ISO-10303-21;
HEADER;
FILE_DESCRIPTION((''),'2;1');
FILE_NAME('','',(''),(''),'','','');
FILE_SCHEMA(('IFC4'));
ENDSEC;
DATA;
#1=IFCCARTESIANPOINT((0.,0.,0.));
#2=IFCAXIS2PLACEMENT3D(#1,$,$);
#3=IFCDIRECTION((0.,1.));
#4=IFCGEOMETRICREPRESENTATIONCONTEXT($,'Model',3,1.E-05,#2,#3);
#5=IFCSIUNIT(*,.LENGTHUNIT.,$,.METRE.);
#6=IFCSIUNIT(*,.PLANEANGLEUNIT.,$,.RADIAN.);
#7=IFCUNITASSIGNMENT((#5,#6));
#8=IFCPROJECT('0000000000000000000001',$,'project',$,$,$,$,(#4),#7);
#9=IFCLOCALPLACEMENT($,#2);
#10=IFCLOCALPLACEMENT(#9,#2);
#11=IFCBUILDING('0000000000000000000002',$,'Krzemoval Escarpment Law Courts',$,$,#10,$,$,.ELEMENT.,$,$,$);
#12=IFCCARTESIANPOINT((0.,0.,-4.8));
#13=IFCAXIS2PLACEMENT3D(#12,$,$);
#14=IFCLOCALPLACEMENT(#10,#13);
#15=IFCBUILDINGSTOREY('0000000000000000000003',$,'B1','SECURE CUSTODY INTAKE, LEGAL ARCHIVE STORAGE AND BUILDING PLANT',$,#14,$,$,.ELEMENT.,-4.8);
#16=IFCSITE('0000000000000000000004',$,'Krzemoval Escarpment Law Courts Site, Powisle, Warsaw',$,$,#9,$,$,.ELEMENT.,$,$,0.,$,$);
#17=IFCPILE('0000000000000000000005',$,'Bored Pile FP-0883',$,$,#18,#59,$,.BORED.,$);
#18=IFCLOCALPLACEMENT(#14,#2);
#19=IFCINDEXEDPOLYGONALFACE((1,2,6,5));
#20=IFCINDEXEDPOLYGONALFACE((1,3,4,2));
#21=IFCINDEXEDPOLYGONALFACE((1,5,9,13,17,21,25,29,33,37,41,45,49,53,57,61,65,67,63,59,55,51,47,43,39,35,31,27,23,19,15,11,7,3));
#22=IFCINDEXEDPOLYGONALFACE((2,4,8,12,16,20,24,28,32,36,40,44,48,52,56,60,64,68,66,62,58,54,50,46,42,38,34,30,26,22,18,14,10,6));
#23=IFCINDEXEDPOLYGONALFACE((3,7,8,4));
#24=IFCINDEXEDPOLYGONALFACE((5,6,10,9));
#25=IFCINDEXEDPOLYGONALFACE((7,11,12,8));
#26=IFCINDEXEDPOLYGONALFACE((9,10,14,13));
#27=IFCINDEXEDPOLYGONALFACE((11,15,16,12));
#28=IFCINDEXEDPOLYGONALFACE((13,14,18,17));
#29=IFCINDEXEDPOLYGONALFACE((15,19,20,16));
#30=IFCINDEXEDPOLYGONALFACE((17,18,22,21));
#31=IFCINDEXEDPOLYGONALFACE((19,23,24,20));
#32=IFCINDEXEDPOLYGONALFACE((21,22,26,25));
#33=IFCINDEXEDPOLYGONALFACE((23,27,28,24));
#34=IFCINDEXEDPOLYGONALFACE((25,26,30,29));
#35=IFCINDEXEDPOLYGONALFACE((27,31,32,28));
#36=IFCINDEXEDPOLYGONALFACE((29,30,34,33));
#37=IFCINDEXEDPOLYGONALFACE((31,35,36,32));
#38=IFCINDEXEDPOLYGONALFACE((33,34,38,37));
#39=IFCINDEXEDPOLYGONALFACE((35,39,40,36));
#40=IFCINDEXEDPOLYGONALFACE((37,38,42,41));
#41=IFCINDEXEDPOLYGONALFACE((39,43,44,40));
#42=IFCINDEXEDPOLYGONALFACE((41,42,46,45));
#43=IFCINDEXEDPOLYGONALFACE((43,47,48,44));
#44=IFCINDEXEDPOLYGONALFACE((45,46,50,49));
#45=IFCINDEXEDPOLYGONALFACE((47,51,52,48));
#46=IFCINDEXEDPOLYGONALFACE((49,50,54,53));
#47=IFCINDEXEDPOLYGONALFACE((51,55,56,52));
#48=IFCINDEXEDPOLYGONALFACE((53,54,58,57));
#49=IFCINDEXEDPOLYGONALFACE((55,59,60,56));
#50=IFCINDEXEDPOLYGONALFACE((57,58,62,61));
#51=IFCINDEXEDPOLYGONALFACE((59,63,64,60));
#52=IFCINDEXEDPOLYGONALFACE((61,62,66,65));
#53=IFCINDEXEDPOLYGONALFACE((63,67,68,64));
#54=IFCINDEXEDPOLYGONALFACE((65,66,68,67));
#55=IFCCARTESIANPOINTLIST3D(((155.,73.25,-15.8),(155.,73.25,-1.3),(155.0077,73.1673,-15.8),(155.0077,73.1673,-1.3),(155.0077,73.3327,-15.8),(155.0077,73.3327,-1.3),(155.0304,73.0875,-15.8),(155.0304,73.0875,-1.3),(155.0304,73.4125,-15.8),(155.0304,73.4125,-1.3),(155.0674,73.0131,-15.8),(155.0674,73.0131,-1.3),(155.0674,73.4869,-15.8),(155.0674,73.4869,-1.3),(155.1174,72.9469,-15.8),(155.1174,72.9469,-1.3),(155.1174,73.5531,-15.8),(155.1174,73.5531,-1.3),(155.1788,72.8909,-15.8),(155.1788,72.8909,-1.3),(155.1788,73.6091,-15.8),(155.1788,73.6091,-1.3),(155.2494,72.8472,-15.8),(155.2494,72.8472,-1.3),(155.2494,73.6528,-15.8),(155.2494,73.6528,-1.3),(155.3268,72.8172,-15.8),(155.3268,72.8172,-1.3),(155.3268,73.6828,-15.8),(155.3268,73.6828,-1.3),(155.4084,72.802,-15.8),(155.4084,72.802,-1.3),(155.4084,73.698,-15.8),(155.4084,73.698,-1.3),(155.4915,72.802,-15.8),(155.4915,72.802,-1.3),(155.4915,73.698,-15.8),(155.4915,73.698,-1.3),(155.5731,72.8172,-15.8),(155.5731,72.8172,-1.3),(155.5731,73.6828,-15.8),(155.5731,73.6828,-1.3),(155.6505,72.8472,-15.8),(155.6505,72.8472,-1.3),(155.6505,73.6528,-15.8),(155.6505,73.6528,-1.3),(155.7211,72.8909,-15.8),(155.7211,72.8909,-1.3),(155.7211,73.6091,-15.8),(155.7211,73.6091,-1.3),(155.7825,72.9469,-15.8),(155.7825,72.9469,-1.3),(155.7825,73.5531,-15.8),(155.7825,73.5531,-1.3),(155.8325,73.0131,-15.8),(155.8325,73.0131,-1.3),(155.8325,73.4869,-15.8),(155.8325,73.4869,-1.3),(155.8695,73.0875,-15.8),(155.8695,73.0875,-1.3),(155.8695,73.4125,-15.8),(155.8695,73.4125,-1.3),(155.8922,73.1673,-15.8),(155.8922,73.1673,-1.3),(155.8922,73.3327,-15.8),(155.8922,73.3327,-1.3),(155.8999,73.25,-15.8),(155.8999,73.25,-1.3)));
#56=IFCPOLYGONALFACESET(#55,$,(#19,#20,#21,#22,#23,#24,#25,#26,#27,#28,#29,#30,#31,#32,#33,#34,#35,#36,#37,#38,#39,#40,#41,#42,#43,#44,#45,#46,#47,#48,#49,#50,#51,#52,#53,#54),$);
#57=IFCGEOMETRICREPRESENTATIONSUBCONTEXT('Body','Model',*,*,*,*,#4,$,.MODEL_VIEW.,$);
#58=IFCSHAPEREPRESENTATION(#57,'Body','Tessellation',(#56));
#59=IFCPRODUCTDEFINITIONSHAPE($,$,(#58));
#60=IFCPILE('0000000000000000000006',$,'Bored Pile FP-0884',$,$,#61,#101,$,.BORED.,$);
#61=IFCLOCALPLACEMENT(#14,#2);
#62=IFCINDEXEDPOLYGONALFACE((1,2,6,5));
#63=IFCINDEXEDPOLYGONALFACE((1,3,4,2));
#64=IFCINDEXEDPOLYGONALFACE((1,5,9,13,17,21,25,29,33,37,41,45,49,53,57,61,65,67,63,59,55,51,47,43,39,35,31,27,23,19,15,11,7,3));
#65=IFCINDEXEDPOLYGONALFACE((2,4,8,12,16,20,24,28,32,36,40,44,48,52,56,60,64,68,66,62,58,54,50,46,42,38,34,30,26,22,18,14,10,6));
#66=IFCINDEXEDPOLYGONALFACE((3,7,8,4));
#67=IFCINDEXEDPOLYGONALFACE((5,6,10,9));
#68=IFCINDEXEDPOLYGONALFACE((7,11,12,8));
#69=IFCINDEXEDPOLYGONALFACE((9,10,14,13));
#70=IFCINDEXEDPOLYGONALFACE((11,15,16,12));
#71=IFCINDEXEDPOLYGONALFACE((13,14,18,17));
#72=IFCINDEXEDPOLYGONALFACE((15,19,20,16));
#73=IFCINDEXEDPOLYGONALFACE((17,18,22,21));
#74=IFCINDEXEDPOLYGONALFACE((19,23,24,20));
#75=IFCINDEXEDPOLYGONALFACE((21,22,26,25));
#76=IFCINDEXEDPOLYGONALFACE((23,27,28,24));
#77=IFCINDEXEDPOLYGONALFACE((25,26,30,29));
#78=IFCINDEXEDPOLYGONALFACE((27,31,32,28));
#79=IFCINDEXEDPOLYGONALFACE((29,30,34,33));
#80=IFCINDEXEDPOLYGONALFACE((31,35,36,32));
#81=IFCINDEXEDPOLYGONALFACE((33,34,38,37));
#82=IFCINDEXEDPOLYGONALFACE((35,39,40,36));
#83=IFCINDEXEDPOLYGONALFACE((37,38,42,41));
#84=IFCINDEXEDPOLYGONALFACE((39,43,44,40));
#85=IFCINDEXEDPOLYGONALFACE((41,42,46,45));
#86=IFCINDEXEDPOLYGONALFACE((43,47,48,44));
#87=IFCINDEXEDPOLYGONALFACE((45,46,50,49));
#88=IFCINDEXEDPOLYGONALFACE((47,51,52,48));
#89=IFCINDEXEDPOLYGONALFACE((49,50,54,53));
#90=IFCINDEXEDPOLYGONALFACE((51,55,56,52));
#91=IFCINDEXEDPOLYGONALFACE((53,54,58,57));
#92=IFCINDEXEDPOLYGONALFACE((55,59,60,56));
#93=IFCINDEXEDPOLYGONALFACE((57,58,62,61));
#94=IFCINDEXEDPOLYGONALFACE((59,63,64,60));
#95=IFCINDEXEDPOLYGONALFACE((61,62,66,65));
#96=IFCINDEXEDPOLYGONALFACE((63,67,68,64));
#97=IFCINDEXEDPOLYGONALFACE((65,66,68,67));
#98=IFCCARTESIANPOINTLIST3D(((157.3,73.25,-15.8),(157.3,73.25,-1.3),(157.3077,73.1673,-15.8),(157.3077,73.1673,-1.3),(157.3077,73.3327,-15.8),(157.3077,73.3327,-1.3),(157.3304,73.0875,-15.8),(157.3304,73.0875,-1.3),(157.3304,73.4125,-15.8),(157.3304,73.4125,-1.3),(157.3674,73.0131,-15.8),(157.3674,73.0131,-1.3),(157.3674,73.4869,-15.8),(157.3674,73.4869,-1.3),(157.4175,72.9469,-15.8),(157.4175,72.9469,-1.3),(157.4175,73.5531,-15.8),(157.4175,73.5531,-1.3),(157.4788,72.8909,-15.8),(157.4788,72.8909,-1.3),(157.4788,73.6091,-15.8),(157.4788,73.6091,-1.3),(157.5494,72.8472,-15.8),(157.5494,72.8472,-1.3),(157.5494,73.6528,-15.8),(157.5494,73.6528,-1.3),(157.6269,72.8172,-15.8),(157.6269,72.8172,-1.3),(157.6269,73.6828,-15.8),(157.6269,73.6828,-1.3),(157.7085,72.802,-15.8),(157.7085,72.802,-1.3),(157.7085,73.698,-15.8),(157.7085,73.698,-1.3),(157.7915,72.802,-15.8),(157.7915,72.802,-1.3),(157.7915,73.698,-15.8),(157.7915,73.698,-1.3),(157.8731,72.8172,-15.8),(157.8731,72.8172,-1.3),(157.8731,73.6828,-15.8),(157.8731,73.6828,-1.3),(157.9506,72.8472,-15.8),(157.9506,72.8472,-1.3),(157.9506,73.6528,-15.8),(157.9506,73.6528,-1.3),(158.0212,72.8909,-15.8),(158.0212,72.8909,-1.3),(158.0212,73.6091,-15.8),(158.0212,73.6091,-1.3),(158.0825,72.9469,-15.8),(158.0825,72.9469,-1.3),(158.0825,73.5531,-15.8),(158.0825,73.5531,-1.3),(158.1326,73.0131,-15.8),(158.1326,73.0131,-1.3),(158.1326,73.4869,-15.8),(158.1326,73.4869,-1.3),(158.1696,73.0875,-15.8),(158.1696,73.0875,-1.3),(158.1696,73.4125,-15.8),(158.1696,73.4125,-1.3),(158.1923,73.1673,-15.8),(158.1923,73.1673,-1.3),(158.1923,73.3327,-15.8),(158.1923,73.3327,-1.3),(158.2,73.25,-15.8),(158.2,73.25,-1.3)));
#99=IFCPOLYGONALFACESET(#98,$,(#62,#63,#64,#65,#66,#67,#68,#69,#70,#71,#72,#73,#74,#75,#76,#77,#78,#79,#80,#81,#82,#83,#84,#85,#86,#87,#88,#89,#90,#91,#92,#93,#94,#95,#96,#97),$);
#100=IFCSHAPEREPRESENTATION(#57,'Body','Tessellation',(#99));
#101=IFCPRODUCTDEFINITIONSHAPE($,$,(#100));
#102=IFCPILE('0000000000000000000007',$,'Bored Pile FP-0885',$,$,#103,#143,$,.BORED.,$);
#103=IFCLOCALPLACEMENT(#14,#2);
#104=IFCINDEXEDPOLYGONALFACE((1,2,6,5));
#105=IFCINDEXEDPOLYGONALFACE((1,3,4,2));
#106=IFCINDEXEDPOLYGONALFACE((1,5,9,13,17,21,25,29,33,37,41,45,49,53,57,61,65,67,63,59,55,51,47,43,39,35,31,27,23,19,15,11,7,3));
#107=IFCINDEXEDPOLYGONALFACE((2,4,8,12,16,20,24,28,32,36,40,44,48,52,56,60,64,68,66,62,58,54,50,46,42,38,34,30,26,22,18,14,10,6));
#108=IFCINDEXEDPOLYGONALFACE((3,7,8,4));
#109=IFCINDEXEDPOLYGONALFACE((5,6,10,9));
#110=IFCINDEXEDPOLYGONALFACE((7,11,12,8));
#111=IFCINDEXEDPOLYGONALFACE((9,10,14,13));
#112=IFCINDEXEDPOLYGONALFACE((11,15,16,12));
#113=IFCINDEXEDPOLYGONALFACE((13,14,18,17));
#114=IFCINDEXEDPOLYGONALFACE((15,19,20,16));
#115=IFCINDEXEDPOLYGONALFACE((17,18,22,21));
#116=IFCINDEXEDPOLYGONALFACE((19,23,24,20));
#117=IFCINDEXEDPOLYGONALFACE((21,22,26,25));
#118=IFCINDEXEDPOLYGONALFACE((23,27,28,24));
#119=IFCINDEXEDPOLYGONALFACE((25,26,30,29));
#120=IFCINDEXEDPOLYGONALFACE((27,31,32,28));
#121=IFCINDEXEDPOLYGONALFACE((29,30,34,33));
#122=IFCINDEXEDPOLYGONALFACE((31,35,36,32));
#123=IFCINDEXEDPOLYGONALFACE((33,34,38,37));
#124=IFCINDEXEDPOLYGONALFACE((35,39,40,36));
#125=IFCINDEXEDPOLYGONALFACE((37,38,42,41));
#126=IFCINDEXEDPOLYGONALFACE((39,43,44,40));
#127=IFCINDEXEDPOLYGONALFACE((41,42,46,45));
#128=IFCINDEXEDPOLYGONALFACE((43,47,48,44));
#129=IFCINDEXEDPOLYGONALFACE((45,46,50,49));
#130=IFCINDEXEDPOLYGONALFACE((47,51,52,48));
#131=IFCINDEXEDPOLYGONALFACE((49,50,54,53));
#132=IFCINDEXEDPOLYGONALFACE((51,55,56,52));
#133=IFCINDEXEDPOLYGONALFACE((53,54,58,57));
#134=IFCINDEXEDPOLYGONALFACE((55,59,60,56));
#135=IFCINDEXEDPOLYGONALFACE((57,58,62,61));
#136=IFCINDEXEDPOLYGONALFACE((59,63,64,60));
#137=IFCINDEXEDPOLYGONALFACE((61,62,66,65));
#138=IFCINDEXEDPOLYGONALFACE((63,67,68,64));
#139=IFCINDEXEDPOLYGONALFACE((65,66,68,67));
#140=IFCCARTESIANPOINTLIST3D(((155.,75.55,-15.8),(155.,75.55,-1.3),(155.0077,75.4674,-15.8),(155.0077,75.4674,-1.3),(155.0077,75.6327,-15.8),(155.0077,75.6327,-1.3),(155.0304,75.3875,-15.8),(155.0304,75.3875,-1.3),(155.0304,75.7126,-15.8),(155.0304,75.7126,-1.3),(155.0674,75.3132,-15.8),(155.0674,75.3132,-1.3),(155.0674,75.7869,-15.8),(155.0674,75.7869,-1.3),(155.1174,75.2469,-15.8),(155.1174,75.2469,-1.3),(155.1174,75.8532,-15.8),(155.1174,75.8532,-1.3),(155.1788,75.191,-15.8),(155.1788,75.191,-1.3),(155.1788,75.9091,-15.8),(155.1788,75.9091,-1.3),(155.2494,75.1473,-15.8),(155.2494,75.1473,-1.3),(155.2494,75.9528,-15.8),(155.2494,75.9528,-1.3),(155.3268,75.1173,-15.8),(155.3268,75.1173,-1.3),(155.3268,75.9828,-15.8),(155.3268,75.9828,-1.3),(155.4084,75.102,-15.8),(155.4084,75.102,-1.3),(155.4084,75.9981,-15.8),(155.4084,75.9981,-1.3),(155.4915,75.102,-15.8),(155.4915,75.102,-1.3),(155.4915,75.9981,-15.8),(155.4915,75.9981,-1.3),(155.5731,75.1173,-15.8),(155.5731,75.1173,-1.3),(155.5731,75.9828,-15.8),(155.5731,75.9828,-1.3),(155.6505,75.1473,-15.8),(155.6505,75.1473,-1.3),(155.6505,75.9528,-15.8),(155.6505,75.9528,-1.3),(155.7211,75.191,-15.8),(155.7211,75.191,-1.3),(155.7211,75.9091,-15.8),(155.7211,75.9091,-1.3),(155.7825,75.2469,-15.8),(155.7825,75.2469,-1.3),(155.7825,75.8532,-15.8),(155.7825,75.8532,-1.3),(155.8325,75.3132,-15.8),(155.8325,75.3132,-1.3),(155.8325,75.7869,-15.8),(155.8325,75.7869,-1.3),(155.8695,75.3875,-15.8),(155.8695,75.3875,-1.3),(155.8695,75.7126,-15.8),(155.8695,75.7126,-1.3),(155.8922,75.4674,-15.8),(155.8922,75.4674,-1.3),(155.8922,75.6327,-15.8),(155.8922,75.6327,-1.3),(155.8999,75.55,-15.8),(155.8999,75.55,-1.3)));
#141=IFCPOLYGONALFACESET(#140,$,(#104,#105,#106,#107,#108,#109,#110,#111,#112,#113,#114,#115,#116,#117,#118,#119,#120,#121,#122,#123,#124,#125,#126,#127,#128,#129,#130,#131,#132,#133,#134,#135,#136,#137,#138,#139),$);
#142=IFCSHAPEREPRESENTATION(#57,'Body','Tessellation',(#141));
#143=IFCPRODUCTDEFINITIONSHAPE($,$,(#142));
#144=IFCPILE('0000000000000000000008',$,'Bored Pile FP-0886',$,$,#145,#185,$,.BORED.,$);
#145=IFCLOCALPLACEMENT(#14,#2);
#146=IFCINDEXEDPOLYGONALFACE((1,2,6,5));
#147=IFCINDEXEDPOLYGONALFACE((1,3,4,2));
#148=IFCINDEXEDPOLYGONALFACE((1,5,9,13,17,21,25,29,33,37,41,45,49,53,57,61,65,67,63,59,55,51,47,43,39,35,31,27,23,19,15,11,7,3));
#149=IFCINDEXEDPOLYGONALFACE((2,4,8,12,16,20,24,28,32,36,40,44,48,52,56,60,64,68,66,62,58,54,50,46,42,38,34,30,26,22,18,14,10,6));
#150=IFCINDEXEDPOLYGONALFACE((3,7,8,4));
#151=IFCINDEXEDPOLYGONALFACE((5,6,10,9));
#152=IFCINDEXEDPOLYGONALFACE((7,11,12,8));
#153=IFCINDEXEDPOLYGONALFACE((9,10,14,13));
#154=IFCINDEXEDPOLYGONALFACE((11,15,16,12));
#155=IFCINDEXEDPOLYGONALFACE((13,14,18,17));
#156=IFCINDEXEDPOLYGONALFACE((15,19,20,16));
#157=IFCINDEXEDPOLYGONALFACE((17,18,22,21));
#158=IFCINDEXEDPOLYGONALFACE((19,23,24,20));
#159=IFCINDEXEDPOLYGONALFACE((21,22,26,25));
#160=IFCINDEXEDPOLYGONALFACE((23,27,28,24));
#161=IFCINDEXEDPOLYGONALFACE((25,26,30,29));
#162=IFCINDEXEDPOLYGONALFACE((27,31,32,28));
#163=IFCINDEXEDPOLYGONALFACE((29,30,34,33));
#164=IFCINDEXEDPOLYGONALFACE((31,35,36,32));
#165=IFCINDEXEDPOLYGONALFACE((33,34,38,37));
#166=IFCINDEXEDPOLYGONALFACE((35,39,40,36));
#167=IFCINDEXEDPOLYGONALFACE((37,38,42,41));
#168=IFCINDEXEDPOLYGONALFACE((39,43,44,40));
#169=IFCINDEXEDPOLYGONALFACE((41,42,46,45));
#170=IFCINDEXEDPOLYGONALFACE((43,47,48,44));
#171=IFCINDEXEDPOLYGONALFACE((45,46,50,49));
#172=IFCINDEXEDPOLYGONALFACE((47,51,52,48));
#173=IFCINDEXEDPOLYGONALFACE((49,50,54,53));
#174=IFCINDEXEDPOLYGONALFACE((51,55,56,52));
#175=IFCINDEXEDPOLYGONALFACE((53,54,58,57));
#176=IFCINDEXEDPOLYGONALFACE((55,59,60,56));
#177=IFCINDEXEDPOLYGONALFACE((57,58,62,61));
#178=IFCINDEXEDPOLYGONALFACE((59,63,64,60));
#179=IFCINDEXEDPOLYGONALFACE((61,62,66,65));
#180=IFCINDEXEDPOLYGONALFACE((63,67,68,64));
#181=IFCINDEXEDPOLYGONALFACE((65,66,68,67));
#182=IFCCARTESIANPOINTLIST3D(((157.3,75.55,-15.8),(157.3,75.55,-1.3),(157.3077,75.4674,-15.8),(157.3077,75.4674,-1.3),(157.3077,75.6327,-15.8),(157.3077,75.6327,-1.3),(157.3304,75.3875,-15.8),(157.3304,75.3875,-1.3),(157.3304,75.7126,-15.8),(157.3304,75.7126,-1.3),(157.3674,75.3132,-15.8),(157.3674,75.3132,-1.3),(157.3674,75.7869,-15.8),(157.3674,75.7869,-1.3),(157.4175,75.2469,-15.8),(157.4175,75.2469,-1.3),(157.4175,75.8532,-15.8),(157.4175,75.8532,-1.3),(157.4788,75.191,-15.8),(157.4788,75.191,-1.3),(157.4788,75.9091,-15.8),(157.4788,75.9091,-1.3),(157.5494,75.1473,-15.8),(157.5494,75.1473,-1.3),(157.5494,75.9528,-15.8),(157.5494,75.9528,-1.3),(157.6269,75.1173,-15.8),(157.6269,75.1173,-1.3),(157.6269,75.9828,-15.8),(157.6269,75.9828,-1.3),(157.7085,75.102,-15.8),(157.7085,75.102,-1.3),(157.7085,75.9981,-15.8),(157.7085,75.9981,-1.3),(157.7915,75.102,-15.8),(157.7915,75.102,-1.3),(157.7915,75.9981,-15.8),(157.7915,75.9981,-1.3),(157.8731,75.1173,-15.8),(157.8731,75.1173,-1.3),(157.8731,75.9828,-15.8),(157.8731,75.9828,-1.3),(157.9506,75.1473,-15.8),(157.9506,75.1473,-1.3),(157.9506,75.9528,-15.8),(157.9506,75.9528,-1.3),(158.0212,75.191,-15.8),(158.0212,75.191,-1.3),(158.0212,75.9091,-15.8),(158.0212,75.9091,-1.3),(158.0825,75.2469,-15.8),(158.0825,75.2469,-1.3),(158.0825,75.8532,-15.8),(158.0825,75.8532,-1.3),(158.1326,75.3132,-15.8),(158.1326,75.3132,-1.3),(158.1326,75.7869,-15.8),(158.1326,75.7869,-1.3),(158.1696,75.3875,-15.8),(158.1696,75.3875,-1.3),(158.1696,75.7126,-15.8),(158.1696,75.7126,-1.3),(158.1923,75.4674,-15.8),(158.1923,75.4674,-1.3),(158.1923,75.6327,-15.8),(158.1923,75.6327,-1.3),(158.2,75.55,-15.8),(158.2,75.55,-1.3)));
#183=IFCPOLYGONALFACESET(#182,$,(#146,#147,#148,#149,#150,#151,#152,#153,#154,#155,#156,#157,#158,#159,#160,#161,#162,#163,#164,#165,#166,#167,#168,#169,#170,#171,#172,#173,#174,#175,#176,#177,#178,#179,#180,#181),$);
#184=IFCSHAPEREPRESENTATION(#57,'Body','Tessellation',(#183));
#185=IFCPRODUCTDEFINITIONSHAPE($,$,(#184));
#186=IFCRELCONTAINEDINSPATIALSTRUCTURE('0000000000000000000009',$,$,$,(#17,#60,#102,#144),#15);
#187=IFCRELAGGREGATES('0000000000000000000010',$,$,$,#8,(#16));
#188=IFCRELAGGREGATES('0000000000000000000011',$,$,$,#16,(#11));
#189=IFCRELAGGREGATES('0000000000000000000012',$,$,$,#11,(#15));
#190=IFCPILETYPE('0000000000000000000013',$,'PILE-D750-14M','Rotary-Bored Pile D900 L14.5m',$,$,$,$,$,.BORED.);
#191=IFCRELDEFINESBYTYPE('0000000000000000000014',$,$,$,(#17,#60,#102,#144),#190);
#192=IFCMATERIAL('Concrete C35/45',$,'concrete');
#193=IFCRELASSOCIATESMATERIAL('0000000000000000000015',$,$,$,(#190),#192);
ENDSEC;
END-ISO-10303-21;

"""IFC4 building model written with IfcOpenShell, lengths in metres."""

from ifc_helpers import new_model, si_unit, direction, frame, origin, origin_2d, place, context, subcontext, project, spatial, circle, extrude, material, material_profile, profile_set, type_object, element, save


model = new_model("IFC4")

# Units and contexts
model_context = context("Model", 3, precision=1e-05, world=origin(), true_north=direction((0.0, 1.0)))
body_context = subcontext(model_context, "Body", "Model", "MODEL_VIEW")
ifc_project = project(units=[si_unit("LENGTHUNIT", "METRE"), si_unit("PLANEANGLEUNIT", "RADIAN")], contexts=[model_context])

# Site, building, storey
site_placement = place(None, origin())
site = spatial("IfcSite", under=ifc_project, at=site_placement, Name="Krzemoval Escarpment Law Courts Site, Powisle, Warsaw", CompositionType="ELEMENT", RefElevation=0.0)
building_placement = place(site_placement, origin())
building = spatial("IfcBuilding", under=site, at=building_placement, Name="Krzemoval Escarpment Law Courts", CompositionType="ELEMENT")
storey_placement = place(building_placement, frame((0.0, 0.0, -4.8)))
storey = spatial("IfcBuildingStorey", under=building, at=storey_placement, Name="B1", Description="SECURE CUSTODY INTAKE, LEGAL ARCHIVE STORAGE AND BUILDING PLANT", CompositionType="ELEMENT", Elevation=-4.8)

# Piles
ifc_material_1 = material(Name="Concrete C35/45", Category="concrete")
ifc_material_profile_1 = material_profile(ifc_material_1, circle(Radius=0.45, at=origin_2d()), Name="PILE D900")
ifc_profile_set_1 = profile_set([ifc_material_profile_1], Name="Concrete C35/45")
pile_type = type_object("IfcPileType", Name="PILE-D750-14M", Description="Rotary-Bored Pile D900 L14.5m", PredefinedType="BORED", material=ifc_profile_set_1)
for number, where, z_axis, x_axis, name in (
    (1, (155.45, 73.25, -1.3), (0.0, 0.0, -1.0), (1.0, 0.0, 0.0), "Bored Pile FP-0883"),
    (2, (157.75, 73.25, -1.3), (0.0, 0.0, -1.0), (1.0, 0.0, 0.0), "Bored Pile FP-0884"),
    (3, (155.45, 75.55, -1.3), (0.0, 0.0, -1.0), (1.0, 0.0, 0.0), "Bored Pile FP-0885"),
    (4, (157.75, 75.55, -1.3), (0.0, 0.0, -1.0), (1.0, 0.0, 0.0), "Bored Pile FP-0886"),
):
    element("IfcPile", number, at=place(storey_placement, frame(where, z_axis=z_axis, x_axis=x_axis)), inside=storey, type_object=pile_type, Name=name, PredefinedType="BORED", context=body_context, shape_type="SweptSolid", body=[
        extrude(circle(Radius=0.45, at=origin_2d()), origin(), (0.0, 0.0, 1.0), 14.5),
    ])

save(model, "model.ifc")
